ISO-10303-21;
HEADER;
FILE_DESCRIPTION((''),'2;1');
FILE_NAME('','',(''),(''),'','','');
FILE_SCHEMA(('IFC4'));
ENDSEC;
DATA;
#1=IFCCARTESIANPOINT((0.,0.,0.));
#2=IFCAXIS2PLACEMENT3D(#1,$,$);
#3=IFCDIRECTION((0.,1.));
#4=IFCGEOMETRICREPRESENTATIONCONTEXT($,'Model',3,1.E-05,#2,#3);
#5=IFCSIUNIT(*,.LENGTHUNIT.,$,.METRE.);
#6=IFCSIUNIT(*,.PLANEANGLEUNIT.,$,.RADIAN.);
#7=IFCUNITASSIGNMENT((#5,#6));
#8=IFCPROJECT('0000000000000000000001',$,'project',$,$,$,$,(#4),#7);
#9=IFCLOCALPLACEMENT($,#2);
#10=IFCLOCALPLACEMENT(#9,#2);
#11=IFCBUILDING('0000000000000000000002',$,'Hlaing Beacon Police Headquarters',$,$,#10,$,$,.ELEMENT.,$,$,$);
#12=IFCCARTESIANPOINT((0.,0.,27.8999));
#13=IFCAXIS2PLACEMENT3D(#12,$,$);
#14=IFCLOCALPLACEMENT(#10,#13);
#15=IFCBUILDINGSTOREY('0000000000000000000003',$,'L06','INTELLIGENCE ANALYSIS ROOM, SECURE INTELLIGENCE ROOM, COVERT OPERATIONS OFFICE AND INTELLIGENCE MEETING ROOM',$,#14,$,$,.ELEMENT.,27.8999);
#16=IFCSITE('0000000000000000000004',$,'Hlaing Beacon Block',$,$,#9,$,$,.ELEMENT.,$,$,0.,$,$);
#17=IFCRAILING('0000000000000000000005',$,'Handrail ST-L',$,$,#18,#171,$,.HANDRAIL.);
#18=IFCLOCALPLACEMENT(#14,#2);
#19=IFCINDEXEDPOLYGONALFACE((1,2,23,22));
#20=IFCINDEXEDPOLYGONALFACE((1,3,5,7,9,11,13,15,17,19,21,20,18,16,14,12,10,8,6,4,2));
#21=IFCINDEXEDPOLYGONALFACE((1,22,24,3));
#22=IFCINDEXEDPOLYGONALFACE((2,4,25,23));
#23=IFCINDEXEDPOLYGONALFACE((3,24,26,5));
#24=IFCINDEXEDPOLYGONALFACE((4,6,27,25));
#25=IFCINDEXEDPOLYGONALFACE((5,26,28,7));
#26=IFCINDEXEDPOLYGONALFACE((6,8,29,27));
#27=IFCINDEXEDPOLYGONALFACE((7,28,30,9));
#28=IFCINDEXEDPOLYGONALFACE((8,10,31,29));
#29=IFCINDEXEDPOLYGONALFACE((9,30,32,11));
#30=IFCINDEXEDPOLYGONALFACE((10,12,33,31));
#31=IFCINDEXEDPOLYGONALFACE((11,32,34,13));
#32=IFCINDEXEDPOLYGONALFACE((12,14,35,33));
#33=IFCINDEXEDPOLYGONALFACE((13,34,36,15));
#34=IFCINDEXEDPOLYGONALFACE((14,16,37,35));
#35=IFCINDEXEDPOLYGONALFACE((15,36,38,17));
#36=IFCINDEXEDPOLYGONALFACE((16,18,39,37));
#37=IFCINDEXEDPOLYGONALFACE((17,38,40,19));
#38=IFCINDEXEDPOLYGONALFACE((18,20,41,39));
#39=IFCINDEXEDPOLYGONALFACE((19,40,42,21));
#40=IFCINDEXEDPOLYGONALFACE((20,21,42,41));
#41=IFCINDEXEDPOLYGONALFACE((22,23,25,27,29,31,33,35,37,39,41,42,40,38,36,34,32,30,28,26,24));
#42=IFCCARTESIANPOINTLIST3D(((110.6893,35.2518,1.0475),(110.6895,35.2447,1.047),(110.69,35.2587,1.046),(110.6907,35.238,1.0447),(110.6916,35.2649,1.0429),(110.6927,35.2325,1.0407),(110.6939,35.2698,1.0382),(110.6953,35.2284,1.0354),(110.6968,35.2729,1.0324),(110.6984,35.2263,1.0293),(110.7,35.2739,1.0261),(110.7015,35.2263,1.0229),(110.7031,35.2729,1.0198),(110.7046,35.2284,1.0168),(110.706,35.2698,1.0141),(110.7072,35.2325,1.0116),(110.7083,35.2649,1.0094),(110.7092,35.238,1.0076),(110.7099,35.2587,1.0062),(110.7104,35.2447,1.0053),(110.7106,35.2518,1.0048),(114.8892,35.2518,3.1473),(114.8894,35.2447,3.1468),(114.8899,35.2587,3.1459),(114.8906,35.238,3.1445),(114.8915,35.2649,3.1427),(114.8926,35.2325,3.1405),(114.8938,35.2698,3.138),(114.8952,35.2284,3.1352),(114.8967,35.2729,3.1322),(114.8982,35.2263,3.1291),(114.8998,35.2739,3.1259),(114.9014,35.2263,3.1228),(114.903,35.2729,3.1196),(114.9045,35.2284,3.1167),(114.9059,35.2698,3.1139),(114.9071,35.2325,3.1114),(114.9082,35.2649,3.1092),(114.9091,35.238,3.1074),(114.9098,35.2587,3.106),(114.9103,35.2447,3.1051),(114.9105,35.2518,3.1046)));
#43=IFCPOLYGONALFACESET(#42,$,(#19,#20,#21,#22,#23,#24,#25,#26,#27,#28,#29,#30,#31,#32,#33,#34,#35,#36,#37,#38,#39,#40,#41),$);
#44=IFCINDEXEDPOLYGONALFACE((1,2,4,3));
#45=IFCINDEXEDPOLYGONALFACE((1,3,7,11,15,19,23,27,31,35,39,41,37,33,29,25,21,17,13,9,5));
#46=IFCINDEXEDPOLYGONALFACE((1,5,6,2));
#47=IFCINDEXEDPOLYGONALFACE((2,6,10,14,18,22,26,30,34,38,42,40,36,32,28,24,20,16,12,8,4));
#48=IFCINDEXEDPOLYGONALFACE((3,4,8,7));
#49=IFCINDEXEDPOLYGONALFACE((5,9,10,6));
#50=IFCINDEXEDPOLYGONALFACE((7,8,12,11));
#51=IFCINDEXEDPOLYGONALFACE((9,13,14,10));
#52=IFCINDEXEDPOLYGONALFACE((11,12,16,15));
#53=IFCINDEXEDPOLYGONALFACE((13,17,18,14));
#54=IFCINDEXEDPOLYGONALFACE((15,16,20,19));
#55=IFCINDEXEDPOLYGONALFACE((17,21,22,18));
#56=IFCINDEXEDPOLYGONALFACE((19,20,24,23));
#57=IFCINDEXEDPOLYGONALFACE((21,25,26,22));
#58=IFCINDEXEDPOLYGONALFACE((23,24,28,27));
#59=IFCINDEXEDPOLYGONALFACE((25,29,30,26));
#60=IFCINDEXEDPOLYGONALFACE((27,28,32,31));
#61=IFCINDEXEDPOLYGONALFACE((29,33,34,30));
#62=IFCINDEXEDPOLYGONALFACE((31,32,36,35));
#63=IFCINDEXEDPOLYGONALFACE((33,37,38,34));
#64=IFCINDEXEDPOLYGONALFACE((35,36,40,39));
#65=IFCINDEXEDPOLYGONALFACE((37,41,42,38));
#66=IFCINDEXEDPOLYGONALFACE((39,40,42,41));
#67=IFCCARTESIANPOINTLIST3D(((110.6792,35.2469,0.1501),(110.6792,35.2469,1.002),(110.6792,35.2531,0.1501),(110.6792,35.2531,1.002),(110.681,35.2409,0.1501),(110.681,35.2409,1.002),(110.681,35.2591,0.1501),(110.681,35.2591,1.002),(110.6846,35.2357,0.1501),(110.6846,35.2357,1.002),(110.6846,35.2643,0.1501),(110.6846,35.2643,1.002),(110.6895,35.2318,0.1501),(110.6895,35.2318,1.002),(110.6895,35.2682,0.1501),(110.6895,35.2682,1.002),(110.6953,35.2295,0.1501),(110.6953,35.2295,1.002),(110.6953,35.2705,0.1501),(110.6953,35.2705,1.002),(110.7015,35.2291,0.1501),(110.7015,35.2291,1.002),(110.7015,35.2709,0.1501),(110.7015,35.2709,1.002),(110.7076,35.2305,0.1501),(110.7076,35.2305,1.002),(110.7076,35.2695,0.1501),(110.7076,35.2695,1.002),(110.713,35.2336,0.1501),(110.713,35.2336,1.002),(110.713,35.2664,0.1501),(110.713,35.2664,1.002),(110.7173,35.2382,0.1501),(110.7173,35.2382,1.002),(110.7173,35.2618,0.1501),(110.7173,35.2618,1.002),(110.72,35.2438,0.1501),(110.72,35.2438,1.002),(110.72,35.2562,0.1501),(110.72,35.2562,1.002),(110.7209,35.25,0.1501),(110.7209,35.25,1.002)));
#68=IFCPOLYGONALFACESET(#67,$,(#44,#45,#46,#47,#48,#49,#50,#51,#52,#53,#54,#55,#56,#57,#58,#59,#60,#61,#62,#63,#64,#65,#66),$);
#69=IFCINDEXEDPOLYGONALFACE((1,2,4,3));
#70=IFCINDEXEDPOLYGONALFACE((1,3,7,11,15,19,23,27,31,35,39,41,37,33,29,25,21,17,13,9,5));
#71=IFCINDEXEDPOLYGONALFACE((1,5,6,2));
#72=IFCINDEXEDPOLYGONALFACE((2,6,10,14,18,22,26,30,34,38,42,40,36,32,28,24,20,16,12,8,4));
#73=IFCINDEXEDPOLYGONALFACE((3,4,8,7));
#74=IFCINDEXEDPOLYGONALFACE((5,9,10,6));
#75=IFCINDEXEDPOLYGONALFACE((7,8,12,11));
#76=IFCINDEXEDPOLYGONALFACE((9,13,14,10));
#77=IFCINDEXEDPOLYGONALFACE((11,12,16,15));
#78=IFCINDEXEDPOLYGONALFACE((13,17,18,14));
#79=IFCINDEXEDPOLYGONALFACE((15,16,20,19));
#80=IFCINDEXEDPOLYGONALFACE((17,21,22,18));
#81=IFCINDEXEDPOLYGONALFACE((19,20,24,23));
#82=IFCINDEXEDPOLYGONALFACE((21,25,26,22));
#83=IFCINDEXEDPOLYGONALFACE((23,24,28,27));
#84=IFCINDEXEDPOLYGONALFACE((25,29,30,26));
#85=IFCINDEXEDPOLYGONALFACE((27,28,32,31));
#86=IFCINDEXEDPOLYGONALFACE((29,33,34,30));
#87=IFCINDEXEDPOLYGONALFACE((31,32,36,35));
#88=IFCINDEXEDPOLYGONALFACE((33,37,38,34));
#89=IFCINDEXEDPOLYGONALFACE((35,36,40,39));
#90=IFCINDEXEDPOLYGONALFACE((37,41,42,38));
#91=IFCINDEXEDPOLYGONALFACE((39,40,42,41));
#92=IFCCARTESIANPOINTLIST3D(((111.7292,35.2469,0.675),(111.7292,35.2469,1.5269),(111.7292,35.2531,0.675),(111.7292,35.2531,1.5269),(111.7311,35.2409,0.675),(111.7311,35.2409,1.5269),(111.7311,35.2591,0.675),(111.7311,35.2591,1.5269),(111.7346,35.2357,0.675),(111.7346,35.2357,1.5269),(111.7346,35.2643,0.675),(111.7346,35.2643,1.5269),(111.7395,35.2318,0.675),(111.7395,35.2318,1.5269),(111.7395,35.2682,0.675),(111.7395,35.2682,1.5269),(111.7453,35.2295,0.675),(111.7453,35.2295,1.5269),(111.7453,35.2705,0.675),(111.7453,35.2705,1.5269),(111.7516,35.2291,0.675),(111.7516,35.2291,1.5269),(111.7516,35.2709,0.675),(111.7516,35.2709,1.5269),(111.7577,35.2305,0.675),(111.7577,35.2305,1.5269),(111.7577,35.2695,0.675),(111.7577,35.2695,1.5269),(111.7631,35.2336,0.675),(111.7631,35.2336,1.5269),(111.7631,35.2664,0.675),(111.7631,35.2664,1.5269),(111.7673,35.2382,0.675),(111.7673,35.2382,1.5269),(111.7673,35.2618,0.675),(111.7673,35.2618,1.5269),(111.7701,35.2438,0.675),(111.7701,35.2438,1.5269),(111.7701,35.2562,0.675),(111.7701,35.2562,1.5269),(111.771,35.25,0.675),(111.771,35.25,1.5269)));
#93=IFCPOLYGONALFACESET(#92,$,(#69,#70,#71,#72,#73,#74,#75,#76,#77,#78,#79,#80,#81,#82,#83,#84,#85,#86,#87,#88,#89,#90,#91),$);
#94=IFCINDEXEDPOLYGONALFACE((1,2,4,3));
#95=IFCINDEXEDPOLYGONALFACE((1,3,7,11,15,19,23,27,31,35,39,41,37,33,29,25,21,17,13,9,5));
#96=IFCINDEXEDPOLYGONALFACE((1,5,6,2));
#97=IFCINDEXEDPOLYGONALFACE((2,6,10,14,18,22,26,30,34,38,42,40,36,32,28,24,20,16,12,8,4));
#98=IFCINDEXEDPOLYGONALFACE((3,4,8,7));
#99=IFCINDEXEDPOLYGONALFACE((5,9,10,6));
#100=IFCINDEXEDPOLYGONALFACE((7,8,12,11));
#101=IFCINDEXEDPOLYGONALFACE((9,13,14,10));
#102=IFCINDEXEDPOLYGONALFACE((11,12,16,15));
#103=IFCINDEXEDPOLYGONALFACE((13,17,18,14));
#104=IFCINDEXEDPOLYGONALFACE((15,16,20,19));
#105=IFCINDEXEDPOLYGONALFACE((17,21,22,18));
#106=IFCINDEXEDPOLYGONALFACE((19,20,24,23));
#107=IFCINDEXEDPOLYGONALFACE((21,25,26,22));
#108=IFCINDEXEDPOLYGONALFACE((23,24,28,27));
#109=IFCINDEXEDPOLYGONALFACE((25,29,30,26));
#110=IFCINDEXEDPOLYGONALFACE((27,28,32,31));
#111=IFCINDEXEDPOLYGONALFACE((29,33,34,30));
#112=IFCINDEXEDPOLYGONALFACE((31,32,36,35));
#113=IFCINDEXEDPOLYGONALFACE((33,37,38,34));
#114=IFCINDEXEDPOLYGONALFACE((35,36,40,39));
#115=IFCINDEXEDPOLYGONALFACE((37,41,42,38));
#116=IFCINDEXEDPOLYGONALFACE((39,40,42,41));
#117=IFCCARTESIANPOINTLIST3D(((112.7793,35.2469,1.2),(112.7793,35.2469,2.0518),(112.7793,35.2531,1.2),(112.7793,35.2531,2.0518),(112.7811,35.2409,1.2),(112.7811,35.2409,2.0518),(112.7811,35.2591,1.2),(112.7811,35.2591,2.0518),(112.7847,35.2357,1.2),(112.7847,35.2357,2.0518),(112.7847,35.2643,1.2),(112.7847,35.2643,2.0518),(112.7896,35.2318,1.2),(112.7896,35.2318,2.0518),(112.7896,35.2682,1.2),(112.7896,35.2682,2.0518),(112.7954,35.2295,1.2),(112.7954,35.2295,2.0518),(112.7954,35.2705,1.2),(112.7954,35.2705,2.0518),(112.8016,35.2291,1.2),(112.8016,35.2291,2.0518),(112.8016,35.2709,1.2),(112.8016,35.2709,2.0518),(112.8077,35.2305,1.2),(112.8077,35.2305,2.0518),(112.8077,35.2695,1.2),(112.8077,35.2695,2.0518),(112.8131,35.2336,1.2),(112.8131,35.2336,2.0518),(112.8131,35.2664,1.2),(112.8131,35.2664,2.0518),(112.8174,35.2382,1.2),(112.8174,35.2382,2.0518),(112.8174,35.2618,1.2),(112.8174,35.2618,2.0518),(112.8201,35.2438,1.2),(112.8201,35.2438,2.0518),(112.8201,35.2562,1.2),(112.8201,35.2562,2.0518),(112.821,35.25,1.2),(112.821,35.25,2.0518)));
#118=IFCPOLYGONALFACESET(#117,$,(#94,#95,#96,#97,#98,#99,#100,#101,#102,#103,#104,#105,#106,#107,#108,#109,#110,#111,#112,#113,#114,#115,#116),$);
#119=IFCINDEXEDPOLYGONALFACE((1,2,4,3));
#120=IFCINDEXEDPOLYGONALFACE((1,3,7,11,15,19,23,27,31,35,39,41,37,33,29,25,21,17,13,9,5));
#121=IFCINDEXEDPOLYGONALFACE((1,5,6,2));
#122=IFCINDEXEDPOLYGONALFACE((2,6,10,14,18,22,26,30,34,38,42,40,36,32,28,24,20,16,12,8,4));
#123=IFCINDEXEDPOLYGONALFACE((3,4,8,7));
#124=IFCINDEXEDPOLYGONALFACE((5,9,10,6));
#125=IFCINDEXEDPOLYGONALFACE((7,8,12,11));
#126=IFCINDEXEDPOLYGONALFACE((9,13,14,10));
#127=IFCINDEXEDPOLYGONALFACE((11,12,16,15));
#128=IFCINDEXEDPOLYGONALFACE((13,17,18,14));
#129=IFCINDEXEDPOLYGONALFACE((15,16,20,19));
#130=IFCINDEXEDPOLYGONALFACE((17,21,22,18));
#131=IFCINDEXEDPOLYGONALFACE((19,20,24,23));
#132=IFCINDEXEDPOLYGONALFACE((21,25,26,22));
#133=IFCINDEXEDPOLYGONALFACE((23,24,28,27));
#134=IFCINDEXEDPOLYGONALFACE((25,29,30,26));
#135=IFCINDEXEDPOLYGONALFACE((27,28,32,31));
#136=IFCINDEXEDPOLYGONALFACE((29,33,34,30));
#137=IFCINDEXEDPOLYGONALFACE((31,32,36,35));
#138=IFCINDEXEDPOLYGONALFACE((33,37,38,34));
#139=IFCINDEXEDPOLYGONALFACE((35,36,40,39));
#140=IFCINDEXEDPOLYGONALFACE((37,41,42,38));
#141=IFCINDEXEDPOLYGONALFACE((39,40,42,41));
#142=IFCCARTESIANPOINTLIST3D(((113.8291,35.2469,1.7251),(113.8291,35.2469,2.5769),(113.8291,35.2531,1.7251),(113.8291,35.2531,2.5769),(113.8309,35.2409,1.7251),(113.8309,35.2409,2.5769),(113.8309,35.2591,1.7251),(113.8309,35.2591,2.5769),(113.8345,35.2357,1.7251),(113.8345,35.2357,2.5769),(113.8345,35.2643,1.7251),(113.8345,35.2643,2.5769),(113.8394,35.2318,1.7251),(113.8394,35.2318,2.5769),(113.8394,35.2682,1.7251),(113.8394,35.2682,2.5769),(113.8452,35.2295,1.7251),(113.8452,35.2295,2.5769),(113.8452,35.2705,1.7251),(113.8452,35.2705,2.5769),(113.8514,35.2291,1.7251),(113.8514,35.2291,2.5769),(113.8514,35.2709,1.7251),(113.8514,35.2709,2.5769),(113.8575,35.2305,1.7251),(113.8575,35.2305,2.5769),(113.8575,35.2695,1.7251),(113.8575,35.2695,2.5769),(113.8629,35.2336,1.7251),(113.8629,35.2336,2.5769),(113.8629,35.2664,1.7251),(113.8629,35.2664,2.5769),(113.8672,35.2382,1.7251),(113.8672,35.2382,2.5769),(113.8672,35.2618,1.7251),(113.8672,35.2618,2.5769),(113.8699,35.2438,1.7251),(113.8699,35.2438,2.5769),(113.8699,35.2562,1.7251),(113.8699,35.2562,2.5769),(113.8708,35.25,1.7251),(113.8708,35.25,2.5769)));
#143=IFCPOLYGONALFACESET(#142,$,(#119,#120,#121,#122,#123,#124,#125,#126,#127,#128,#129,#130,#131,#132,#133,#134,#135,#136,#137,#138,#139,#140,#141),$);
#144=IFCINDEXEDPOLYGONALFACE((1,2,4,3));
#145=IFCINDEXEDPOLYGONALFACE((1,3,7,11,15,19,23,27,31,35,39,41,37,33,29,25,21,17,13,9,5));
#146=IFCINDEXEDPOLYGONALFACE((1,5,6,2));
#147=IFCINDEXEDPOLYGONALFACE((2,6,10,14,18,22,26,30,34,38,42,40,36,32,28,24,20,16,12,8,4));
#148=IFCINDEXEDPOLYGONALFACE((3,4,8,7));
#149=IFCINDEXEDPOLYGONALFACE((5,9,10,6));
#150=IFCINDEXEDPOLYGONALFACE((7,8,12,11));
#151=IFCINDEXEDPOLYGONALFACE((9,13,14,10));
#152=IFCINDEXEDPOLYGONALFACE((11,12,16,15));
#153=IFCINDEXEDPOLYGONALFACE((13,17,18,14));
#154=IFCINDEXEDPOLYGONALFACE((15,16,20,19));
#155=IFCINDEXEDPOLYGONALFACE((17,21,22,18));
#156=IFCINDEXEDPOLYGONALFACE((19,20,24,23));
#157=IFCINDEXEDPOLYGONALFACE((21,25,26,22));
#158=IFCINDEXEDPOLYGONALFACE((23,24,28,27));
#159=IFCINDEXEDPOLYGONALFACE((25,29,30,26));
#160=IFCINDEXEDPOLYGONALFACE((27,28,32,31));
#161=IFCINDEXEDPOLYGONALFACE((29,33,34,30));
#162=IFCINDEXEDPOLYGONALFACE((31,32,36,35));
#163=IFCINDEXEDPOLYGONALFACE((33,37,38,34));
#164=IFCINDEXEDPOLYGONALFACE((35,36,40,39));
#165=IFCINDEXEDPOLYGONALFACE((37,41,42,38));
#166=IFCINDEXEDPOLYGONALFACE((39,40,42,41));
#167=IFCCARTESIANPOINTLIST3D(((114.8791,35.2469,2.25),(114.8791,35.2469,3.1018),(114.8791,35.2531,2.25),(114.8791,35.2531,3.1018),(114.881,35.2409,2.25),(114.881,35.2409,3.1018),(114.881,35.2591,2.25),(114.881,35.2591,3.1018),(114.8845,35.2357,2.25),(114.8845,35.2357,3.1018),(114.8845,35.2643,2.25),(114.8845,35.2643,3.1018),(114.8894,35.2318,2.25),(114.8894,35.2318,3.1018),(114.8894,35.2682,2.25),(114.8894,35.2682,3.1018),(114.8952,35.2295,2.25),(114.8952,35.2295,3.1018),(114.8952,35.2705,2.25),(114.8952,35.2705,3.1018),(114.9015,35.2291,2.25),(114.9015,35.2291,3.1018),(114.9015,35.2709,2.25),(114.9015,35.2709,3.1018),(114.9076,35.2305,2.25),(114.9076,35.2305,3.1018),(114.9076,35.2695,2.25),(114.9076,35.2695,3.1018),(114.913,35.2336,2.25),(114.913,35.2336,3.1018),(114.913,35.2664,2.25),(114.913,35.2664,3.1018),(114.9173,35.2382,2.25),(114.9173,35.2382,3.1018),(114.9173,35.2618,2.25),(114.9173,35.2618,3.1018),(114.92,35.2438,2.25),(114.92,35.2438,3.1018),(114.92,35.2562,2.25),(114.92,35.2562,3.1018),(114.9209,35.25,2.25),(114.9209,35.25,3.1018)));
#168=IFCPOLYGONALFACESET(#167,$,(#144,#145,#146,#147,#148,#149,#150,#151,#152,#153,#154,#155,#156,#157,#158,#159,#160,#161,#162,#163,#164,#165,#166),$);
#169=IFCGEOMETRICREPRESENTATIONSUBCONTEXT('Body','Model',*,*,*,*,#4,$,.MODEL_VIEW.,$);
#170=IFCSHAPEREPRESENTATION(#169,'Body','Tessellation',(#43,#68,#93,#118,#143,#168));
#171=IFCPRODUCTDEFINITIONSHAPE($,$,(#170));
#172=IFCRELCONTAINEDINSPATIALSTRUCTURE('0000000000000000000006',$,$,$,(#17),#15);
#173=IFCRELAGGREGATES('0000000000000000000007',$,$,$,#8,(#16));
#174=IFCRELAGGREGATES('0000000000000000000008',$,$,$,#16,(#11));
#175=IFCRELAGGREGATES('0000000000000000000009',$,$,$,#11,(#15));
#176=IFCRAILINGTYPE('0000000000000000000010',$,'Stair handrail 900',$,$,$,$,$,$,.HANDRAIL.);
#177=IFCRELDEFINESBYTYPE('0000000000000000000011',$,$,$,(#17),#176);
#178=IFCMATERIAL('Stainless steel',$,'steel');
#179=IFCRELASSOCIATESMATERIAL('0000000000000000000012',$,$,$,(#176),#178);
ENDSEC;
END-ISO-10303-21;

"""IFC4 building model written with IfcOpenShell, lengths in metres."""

from ifc_helpers import new_model, si_unit, direction, frame, origin, origin_2d, place, context, subcontext, project, spatial, circle, extrude, material, type_object, element, save


model = new_model("IFC4")

# Units and contexts
model_context = context("Model", 3, precision=1e-05, world=origin(), true_north=direction((0.0, 1.0)))
body_context = subcontext(model_context, "Body", "Model", "MODEL_VIEW")
ifc_project = project(units=[si_unit("LENGTHUNIT", "METRE"), si_unit("PLANEANGLEUNIT", "RADIAN")], contexts=[model_context])

# Site, building, storey
site_placement = place(None, origin())
site = spatial("IfcSite", under=ifc_project, at=site_placement, Name="Hlaing Beacon Block", CompositionType="ELEMENT", RefElevation=0.0)
building_placement = place(site_placement, origin())
building = spatial("IfcBuilding", under=site, at=building_placement, Name="Hlaing Beacon Police Headquarters", CompositionType="ELEMENT")
storey_placement = place(building_placement, frame((0.0, 0.0, 27.8999)))
storey = spatial("IfcBuildingStorey", under=building, at=storey_placement, Name="L06", Description="INTELLIGENCE ANALYSIS ROOM, SECURE INTELLIGENCE ROOM, COVERT OPERATIONS OFFICE AND INTELLIGENCE MEETING ROOM", CompositionType="ELEMENT", Elevation=27.8999)

# Railing
ifc_material_1 = material(Name="Stainless steel", Category="steel")
railing_type_1 = type_object("IfcRailingType", Name="Stair handrail 900", PredefinedType="HANDRAIL", material=ifc_material_1)
for number, where, name in (
    (1, (110.7, 35.25, 0.1501), "Handrail ST-L"),
):
    element("IfcRailing", number, at=place(storey_placement, frame(where)), inside=storey, type_object=railing_type_1, Name=name, PredefinedType="HANDRAIL", context=body_context, shape_type="SweptSolid", body=[
        extrude(circle(Radius=0.0239, at=origin_2d()), frame((0.0, 0.0, 0.876), z_axis=(0.894438, 0.0, 0.447193), x_axis=(0.0, 1.0, 0.0)), (0.0, 0.0, 1.0), 4.6956),
        extrude(circle(Radius=0.021, at=origin_2d()), origin(), (0.0, 0.0, 1.0), 0.8518),
        extrude(circle(Radius=0.021, at=origin_2d()), frame((1.05, 0.0, 0.5249)), (0.0, 0.0, 1.0), 0.8518),
        extrude(circle(Radius=0.021, at=origin_2d()), frame((2.1001, 0.0, 1.0498)), (0.0, 0.0, 1.0), 0.8518),
        extrude(circle(Radius=0.021, at=origin_2d()), frame((3.1499, 0.0, 1.575)), (0.0, 0.0, 1.0), 0.8518),
        extrude(circle(Radius=0.021, at=origin_2d()), frame((4.2, 0.0, 2.0999)), (0.0, 0.0, 1.0), 0.8518),
    ])

save(model, "model.ifc")
